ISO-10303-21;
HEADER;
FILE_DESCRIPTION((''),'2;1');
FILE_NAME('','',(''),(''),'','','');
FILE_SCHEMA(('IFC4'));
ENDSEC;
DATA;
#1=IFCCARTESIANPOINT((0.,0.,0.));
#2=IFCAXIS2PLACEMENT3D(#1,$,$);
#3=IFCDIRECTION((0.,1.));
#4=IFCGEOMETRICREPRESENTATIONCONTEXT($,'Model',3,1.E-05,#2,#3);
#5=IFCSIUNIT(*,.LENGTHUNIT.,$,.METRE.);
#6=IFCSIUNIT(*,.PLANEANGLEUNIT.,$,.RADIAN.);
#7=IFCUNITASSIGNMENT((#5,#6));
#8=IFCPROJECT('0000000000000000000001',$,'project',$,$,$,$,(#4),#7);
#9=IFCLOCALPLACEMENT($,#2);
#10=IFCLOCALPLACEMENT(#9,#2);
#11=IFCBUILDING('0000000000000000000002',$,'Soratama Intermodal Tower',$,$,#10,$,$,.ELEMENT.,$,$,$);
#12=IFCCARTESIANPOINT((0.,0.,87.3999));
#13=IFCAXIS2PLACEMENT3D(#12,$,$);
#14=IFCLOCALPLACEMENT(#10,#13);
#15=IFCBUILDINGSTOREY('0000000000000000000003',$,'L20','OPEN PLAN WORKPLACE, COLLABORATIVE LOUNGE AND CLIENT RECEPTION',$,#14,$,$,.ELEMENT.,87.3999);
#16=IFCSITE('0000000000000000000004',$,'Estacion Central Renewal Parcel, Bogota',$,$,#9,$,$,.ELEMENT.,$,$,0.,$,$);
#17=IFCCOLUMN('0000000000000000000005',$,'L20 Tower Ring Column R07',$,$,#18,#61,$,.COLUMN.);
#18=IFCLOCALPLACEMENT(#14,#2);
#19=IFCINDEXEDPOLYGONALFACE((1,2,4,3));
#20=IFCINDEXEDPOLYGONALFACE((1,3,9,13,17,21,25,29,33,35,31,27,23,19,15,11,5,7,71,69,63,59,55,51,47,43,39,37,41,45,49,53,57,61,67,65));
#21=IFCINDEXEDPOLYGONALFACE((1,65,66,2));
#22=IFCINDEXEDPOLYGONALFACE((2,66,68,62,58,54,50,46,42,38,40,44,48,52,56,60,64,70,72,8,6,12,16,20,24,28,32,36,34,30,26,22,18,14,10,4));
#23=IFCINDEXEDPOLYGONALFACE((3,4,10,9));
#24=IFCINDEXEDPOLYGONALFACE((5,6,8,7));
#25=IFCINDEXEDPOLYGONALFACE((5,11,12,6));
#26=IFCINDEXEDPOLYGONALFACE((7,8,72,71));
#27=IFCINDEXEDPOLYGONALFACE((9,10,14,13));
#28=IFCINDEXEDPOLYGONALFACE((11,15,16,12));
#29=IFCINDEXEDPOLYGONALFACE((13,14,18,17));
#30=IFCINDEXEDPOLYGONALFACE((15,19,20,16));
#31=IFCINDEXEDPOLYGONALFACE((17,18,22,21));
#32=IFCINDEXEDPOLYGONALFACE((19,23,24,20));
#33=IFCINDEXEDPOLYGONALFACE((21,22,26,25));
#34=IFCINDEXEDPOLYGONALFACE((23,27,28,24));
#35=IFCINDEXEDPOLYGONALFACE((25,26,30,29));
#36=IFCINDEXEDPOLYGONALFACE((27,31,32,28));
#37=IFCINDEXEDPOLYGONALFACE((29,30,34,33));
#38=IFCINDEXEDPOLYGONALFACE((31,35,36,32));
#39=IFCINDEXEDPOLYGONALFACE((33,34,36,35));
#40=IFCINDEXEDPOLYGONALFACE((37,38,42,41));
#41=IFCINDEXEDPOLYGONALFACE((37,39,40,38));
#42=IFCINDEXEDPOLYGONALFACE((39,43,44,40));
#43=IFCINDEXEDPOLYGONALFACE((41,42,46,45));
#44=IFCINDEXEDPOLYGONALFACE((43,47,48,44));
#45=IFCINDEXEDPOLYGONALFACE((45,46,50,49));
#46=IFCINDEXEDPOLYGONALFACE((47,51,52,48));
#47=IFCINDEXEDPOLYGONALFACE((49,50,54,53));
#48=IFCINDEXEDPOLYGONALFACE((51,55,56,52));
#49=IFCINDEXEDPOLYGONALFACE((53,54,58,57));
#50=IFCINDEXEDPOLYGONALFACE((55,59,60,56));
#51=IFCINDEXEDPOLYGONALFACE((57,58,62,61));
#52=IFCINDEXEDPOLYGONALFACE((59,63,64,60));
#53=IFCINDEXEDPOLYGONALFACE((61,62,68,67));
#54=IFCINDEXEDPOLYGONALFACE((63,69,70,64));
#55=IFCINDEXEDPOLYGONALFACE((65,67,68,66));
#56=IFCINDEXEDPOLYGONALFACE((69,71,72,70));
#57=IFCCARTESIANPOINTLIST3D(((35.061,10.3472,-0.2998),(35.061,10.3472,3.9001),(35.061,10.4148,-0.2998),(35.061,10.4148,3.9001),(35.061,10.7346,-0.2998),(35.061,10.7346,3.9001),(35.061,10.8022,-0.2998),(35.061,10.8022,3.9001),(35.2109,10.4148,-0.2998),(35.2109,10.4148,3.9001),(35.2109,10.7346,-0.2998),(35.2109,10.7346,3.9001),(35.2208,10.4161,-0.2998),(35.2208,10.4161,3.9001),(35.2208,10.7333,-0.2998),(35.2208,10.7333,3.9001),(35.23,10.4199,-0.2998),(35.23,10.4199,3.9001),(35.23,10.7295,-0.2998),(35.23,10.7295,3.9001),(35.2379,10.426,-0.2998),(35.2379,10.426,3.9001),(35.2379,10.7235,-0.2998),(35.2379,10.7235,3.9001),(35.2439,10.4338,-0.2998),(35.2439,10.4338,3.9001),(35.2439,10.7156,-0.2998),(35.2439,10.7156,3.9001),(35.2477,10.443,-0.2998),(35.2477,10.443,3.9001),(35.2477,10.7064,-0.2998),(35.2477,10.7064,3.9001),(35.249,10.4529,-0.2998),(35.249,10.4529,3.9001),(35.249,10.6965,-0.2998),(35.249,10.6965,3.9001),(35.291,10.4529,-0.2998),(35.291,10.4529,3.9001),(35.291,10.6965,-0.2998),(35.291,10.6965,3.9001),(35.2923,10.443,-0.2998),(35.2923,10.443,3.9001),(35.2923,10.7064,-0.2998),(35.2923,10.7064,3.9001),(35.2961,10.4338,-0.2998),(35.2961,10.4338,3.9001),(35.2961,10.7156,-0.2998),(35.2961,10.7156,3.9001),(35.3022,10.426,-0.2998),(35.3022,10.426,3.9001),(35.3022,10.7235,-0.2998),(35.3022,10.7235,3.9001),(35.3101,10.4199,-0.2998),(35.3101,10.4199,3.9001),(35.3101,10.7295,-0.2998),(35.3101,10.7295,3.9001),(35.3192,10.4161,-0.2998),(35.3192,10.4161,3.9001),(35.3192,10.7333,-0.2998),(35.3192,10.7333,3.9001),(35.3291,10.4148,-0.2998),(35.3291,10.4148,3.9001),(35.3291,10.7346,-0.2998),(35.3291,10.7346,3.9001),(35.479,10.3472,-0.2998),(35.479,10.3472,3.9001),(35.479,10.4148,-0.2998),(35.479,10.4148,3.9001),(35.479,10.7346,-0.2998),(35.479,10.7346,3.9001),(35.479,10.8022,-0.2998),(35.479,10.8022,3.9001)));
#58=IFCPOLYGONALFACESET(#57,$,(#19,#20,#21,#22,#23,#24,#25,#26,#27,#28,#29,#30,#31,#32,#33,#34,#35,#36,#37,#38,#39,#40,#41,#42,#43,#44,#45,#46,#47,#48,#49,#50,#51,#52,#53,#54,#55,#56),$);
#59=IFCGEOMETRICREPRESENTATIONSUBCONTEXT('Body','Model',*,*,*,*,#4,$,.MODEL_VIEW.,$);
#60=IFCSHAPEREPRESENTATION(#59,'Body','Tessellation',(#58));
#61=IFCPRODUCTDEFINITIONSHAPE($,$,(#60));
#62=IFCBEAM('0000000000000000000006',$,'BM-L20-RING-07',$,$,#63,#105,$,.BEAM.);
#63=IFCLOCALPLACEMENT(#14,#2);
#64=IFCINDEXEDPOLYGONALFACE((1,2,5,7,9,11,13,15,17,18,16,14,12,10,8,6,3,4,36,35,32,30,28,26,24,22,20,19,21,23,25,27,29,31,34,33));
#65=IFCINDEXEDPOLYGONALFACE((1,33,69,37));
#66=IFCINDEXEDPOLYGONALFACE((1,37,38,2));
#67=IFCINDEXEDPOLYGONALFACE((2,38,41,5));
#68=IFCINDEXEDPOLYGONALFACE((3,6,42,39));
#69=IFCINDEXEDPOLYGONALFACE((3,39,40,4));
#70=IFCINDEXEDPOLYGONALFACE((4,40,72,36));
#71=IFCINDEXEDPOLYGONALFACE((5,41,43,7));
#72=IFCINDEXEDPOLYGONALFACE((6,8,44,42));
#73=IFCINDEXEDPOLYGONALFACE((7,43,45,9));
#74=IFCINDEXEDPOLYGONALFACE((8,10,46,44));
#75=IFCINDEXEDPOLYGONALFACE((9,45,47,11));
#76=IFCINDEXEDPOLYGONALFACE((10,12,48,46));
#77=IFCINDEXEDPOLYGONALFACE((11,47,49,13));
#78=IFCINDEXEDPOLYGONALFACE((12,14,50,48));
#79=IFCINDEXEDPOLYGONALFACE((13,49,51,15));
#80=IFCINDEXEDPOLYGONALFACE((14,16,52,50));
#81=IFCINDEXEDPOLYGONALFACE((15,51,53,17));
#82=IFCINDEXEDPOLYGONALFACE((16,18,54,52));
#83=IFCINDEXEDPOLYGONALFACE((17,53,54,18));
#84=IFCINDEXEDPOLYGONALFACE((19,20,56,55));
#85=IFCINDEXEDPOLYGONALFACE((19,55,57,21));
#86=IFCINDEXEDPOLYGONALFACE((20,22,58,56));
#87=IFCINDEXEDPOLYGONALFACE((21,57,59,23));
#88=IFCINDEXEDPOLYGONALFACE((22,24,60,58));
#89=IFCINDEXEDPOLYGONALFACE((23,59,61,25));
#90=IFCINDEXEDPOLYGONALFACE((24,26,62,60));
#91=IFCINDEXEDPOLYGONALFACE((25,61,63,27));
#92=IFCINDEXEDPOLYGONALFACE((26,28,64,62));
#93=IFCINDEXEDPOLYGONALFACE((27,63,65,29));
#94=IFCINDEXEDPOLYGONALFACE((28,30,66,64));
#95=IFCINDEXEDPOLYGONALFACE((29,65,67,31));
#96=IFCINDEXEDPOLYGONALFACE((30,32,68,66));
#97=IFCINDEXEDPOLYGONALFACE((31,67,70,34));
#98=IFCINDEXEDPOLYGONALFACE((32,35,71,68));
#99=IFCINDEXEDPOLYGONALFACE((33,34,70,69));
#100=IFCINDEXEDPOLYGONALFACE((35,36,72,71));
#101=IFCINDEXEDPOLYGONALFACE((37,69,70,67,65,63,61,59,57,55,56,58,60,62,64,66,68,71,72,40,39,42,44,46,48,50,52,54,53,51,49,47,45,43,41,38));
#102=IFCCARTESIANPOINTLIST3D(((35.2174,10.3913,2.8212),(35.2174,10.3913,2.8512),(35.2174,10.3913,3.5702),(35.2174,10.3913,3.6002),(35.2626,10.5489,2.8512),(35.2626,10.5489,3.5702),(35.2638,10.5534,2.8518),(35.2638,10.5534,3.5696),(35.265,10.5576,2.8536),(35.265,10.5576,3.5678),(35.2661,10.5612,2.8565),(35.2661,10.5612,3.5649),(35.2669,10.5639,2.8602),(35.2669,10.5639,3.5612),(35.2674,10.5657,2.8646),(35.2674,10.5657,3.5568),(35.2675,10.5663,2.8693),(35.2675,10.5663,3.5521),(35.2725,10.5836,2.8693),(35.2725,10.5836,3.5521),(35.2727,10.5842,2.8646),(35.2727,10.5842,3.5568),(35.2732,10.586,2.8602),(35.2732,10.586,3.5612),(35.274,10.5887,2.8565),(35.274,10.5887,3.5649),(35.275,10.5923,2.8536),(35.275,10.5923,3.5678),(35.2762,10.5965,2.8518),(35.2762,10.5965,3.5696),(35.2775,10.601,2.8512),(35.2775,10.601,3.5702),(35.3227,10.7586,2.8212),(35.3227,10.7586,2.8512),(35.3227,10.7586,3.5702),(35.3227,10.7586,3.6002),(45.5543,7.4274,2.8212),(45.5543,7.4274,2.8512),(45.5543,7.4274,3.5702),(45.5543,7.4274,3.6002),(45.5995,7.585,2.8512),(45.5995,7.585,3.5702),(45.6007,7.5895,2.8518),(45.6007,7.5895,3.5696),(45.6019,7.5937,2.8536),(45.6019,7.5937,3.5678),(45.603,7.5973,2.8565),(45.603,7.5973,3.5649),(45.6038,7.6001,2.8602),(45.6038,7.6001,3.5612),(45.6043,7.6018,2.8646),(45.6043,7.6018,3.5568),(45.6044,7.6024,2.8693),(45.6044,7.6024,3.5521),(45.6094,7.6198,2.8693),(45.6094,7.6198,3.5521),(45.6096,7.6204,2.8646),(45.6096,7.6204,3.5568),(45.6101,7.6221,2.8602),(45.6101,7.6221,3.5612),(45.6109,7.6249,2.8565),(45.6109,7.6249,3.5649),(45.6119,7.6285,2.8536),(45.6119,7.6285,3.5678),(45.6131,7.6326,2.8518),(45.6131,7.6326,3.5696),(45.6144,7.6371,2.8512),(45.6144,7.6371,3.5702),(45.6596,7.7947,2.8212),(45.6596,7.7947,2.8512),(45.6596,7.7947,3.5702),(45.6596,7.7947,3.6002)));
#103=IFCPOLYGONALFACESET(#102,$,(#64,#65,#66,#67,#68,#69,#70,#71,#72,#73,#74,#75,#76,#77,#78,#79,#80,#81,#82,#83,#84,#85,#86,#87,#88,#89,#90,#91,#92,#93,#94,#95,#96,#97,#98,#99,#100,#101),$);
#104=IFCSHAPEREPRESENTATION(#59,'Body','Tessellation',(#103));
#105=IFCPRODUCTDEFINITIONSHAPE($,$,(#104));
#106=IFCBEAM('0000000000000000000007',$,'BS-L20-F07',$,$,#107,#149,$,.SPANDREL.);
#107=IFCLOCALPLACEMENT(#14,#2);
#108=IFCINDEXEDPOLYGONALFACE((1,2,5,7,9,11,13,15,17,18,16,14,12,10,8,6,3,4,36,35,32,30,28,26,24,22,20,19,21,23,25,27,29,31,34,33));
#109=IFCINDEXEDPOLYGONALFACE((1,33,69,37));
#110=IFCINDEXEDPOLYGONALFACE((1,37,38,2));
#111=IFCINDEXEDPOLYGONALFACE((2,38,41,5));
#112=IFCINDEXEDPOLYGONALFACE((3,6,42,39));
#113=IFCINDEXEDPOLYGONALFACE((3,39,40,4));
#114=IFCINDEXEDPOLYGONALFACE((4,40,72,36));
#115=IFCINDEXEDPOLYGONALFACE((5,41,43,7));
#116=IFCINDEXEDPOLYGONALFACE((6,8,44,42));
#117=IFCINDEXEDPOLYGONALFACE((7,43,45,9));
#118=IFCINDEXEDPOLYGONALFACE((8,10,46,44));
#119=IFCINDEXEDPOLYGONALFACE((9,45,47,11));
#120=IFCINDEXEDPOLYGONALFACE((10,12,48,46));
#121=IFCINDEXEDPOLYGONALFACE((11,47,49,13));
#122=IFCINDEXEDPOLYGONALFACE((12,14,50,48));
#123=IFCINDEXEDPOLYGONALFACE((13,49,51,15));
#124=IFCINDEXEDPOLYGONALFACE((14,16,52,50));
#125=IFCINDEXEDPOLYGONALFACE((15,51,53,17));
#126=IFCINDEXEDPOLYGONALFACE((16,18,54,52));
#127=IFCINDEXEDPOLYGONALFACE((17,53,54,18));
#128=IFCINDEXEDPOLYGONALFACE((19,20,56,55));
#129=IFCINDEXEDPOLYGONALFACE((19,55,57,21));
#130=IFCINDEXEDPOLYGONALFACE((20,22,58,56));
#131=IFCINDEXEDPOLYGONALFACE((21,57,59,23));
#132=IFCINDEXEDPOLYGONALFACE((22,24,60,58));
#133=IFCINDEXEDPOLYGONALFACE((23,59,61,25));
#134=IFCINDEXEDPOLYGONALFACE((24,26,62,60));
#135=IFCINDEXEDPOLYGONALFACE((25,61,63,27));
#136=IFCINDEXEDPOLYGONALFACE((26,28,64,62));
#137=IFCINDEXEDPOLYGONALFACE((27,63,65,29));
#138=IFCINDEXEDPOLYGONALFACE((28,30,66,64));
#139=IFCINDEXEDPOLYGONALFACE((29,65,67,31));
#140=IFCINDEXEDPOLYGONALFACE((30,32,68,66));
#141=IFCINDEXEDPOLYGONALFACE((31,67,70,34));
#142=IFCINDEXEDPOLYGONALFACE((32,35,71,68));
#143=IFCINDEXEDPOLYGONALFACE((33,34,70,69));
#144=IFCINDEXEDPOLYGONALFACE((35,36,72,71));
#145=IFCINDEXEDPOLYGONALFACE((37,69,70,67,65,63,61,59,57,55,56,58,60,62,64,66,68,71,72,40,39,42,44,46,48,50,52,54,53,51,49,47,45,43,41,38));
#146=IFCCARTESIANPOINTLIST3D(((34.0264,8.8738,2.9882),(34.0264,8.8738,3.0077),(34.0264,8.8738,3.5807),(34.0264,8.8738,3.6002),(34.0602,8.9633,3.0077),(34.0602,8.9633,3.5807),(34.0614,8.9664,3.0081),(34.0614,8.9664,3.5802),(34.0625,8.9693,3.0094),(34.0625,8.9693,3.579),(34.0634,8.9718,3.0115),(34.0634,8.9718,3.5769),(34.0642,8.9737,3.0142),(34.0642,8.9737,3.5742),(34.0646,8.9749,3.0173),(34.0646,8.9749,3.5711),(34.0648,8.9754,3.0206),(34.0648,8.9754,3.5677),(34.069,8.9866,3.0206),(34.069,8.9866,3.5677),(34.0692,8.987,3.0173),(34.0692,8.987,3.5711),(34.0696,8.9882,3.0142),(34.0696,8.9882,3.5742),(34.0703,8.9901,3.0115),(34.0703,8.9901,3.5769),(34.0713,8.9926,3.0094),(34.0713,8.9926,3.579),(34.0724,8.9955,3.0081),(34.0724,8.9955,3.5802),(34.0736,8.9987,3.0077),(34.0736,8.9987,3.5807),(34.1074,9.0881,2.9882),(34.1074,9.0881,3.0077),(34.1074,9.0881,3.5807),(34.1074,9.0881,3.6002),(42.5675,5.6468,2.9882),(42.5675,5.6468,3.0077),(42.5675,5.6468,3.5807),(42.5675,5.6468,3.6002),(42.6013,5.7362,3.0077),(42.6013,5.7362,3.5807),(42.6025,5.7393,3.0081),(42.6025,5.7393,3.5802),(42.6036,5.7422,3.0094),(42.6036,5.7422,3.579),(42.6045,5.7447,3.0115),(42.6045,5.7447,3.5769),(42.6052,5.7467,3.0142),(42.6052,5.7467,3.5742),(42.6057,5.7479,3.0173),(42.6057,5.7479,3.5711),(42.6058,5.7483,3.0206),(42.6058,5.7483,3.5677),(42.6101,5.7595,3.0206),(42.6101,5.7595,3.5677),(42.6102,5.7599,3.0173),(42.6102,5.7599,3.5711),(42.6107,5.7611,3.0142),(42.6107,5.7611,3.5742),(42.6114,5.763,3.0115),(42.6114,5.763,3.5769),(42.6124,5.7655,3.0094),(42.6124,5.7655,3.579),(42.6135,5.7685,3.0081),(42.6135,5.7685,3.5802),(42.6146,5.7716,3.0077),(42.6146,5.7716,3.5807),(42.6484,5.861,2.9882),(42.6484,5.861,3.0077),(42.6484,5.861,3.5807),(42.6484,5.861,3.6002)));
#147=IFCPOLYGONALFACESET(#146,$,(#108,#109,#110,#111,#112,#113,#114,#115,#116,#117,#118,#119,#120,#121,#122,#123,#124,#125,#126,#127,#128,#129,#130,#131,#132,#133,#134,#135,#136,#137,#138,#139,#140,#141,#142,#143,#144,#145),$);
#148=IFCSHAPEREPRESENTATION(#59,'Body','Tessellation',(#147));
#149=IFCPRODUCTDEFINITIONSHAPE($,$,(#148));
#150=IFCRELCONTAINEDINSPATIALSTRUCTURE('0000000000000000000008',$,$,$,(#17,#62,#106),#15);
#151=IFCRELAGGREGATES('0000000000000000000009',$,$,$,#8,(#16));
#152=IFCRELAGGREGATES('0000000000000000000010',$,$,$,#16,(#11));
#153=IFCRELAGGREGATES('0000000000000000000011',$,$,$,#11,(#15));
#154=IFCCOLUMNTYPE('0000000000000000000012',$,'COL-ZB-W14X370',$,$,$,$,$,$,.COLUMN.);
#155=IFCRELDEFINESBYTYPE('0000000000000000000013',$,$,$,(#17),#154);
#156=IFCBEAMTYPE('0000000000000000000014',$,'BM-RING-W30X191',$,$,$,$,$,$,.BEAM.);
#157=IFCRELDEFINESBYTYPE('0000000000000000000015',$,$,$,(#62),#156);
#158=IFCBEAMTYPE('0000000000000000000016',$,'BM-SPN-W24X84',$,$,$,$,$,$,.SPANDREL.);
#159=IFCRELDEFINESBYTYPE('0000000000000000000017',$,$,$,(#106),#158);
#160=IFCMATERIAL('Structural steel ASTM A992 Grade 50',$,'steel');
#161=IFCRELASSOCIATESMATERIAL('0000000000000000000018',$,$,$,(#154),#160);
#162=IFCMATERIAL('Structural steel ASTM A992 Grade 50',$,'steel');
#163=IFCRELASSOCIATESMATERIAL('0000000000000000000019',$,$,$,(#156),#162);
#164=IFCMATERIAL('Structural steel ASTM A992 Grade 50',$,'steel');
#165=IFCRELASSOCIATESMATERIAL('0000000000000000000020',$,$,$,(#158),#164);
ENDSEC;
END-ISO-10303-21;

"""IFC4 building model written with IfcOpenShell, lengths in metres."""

from ifc_helpers import new_model, si_unit, direction, frame, origin, origin_2d, place, context, subcontext, project, spatial, i_section, extrude, material, material_profile, profile_set, type_object, element, save


model = new_model("IFC4")

# Units and contexts
model_context = context("Model", 3, precision=1e-05, world=origin(), true_north=direction((0.0, 1.0)))
body_context = subcontext(model_context, "Body", "Model", "MODEL_VIEW")
ifc_project = project(units=[si_unit("LENGTHUNIT", "METRE"), si_unit("PLANEANGLEUNIT", "RADIAN")], contexts=[model_context])

# Site, building, storey
site_placement = place(None, origin())
site = spatial("IfcSite", under=ifc_project, at=site_placement, Name="Estacion Central Renewal Parcel, Bogota", CompositionType="ELEMENT", RefElevation=0.0)
building_placement = place(site_placement, origin())
building = spatial("IfcBuilding", under=site, at=building_placement, Name="Soratama Intermodal Tower", CompositionType="ELEMENT")
storey_placement = place(building_placement, frame((0.0, 0.0, 87.3999)))
storey = spatial("IfcBuildingStorey", under=building, at=storey_placement, Name="L20", Description="OPEN PLAN WORKPLACE, COLLABORATIVE LOUNGE AND CLIENT RECEPTION", CompositionType="ELEMENT", Elevation=87.3999)

# Column
ifc_material_1 = material(Name="Structural steel ASTM A992 Grade 50", Category="steel")
ifc_material_profile_1 = material_profile(ifc_material_1, i_section(OverallWidth=0.418, OverallDepth=0.4551, WebThickness=0.042, FlangeThickness=0.0676, FilletRadius=0.0381, at=origin_2d()), Name="W14X370")
ifc_profile_set_1 = profile_set([ifc_material_profile_1], Name="Structural steel ASTM A992 Grade 50")
column_type = type_object("IfcColumnType", Name="COL-ZB-W14X370", PredefinedType="COLUMN", material=ifc_profile_set_1)
column_placement = place(storey_placement, frame((35.27, 10.5747, -0.2998), z_axis=(0.0, 0.0, 1.0), x_axis=(1.0, 0.0, 0.0)))
element("IfcColumn", 1, at=column_placement, inside=storey, type_object=column_type, Name="L20 Tower Ring Column R07", PredefinedType="COLUMN", context=body_context, shape_type="SweptSolid", body=[
    extrude(i_section(OverallWidth=0.418, OverallDepth=0.4551, WebThickness=0.042, FlangeThickness=0.0676, FilletRadius=0.0381, at=origin_2d()), origin(), (0.0, 0.0, 1.0), 4.2),
])

# Beams
ifc_material_2 = material(Name="Structural steel ASTM A992 Grade 50", Category="steel")
ifc_material_profile_2 = material_profile(ifc_material_2, i_section(OverallWidth=0.3821, OverallDepth=0.7791, WebThickness=0.0181, FlangeThickness=0.03, FilletRadius=0.0181, at=origin_2d()), Name="W30X191")
ifc_profile_set_2 = profile_set([ifc_material_profile_2], Name="Structural steel ASTM A992 Grade 50")
beam_type_1 = type_object("IfcBeamType", Name="BM-RING-W30X191", PredefinedType="BEAM", material=ifc_profile_set_2)
beam_1_placement = place(storey_placement, frame((35.27, 10.575, 3.2107), z_axis=(0.961267, -0.275621, 0.0), x_axis=(0.275621, 0.961267, 0.0)))
element("IfcBeam", 2, at=beam_1_placement, inside=storey, type_object=beam_type_1, Name="BM-L20-RING-07", PredefinedType="BEAM", context=body_context, shape_type="SweptSolid", body=[
    extrude(i_section(OverallWidth=0.3821, OverallDepth=0.7791, WebThickness=0.0181, FlangeThickness=0.03, FilletRadius=0.0181, at=origin_2d()), origin(), (0.0, 0.0, 1.0), 10.7534),
])
ifc_material_3 = material(Name="Structural steel ASTM A992 Grade 50", Category="steel")
ifc_material_profile_3 = material_profile(ifc_material_3, i_section(OverallWidth=0.229, OverallDepth=0.6121, WebThickness=0.012, FlangeThickness=0.0195, FilletRadius=0.0129, at=origin_2d()), Name="W24X84")
ifc_profile_set_3 = profile_set([ifc_material_profile_3], Name="Structural steel ASTM A992 Grade 50")
beam_type_2 = type_object("IfcBeamType", Name="BM-SPN-W24X84", PredefinedType="SPANDREL", material=ifc_profile_set_3)
beam_2_placement = place(storey_placement, frame((34.0669, 8.981, 3.2942), z_axis=(0.935456, -0.353443, 0.0), x_axis=(0.353443, 0.935456, 0.0)))
element("IfcBeam", 3, at=beam_2_placement, inside=storey, type_object=beam_type_2, Name="BS-L20-F07", PredefinedType="SPANDREL", context=body_context, shape_type="SweptSolid", body=[
    extrude(i_section(OverallWidth=0.229, OverallDepth=0.6121, WebThickness=0.012, FlangeThickness=0.0195, FilletRadius=0.0129, at=origin_2d()), origin(), (0.0, 0.0, 1.0), 9.1304),
])

save(model, "model.ifc")
